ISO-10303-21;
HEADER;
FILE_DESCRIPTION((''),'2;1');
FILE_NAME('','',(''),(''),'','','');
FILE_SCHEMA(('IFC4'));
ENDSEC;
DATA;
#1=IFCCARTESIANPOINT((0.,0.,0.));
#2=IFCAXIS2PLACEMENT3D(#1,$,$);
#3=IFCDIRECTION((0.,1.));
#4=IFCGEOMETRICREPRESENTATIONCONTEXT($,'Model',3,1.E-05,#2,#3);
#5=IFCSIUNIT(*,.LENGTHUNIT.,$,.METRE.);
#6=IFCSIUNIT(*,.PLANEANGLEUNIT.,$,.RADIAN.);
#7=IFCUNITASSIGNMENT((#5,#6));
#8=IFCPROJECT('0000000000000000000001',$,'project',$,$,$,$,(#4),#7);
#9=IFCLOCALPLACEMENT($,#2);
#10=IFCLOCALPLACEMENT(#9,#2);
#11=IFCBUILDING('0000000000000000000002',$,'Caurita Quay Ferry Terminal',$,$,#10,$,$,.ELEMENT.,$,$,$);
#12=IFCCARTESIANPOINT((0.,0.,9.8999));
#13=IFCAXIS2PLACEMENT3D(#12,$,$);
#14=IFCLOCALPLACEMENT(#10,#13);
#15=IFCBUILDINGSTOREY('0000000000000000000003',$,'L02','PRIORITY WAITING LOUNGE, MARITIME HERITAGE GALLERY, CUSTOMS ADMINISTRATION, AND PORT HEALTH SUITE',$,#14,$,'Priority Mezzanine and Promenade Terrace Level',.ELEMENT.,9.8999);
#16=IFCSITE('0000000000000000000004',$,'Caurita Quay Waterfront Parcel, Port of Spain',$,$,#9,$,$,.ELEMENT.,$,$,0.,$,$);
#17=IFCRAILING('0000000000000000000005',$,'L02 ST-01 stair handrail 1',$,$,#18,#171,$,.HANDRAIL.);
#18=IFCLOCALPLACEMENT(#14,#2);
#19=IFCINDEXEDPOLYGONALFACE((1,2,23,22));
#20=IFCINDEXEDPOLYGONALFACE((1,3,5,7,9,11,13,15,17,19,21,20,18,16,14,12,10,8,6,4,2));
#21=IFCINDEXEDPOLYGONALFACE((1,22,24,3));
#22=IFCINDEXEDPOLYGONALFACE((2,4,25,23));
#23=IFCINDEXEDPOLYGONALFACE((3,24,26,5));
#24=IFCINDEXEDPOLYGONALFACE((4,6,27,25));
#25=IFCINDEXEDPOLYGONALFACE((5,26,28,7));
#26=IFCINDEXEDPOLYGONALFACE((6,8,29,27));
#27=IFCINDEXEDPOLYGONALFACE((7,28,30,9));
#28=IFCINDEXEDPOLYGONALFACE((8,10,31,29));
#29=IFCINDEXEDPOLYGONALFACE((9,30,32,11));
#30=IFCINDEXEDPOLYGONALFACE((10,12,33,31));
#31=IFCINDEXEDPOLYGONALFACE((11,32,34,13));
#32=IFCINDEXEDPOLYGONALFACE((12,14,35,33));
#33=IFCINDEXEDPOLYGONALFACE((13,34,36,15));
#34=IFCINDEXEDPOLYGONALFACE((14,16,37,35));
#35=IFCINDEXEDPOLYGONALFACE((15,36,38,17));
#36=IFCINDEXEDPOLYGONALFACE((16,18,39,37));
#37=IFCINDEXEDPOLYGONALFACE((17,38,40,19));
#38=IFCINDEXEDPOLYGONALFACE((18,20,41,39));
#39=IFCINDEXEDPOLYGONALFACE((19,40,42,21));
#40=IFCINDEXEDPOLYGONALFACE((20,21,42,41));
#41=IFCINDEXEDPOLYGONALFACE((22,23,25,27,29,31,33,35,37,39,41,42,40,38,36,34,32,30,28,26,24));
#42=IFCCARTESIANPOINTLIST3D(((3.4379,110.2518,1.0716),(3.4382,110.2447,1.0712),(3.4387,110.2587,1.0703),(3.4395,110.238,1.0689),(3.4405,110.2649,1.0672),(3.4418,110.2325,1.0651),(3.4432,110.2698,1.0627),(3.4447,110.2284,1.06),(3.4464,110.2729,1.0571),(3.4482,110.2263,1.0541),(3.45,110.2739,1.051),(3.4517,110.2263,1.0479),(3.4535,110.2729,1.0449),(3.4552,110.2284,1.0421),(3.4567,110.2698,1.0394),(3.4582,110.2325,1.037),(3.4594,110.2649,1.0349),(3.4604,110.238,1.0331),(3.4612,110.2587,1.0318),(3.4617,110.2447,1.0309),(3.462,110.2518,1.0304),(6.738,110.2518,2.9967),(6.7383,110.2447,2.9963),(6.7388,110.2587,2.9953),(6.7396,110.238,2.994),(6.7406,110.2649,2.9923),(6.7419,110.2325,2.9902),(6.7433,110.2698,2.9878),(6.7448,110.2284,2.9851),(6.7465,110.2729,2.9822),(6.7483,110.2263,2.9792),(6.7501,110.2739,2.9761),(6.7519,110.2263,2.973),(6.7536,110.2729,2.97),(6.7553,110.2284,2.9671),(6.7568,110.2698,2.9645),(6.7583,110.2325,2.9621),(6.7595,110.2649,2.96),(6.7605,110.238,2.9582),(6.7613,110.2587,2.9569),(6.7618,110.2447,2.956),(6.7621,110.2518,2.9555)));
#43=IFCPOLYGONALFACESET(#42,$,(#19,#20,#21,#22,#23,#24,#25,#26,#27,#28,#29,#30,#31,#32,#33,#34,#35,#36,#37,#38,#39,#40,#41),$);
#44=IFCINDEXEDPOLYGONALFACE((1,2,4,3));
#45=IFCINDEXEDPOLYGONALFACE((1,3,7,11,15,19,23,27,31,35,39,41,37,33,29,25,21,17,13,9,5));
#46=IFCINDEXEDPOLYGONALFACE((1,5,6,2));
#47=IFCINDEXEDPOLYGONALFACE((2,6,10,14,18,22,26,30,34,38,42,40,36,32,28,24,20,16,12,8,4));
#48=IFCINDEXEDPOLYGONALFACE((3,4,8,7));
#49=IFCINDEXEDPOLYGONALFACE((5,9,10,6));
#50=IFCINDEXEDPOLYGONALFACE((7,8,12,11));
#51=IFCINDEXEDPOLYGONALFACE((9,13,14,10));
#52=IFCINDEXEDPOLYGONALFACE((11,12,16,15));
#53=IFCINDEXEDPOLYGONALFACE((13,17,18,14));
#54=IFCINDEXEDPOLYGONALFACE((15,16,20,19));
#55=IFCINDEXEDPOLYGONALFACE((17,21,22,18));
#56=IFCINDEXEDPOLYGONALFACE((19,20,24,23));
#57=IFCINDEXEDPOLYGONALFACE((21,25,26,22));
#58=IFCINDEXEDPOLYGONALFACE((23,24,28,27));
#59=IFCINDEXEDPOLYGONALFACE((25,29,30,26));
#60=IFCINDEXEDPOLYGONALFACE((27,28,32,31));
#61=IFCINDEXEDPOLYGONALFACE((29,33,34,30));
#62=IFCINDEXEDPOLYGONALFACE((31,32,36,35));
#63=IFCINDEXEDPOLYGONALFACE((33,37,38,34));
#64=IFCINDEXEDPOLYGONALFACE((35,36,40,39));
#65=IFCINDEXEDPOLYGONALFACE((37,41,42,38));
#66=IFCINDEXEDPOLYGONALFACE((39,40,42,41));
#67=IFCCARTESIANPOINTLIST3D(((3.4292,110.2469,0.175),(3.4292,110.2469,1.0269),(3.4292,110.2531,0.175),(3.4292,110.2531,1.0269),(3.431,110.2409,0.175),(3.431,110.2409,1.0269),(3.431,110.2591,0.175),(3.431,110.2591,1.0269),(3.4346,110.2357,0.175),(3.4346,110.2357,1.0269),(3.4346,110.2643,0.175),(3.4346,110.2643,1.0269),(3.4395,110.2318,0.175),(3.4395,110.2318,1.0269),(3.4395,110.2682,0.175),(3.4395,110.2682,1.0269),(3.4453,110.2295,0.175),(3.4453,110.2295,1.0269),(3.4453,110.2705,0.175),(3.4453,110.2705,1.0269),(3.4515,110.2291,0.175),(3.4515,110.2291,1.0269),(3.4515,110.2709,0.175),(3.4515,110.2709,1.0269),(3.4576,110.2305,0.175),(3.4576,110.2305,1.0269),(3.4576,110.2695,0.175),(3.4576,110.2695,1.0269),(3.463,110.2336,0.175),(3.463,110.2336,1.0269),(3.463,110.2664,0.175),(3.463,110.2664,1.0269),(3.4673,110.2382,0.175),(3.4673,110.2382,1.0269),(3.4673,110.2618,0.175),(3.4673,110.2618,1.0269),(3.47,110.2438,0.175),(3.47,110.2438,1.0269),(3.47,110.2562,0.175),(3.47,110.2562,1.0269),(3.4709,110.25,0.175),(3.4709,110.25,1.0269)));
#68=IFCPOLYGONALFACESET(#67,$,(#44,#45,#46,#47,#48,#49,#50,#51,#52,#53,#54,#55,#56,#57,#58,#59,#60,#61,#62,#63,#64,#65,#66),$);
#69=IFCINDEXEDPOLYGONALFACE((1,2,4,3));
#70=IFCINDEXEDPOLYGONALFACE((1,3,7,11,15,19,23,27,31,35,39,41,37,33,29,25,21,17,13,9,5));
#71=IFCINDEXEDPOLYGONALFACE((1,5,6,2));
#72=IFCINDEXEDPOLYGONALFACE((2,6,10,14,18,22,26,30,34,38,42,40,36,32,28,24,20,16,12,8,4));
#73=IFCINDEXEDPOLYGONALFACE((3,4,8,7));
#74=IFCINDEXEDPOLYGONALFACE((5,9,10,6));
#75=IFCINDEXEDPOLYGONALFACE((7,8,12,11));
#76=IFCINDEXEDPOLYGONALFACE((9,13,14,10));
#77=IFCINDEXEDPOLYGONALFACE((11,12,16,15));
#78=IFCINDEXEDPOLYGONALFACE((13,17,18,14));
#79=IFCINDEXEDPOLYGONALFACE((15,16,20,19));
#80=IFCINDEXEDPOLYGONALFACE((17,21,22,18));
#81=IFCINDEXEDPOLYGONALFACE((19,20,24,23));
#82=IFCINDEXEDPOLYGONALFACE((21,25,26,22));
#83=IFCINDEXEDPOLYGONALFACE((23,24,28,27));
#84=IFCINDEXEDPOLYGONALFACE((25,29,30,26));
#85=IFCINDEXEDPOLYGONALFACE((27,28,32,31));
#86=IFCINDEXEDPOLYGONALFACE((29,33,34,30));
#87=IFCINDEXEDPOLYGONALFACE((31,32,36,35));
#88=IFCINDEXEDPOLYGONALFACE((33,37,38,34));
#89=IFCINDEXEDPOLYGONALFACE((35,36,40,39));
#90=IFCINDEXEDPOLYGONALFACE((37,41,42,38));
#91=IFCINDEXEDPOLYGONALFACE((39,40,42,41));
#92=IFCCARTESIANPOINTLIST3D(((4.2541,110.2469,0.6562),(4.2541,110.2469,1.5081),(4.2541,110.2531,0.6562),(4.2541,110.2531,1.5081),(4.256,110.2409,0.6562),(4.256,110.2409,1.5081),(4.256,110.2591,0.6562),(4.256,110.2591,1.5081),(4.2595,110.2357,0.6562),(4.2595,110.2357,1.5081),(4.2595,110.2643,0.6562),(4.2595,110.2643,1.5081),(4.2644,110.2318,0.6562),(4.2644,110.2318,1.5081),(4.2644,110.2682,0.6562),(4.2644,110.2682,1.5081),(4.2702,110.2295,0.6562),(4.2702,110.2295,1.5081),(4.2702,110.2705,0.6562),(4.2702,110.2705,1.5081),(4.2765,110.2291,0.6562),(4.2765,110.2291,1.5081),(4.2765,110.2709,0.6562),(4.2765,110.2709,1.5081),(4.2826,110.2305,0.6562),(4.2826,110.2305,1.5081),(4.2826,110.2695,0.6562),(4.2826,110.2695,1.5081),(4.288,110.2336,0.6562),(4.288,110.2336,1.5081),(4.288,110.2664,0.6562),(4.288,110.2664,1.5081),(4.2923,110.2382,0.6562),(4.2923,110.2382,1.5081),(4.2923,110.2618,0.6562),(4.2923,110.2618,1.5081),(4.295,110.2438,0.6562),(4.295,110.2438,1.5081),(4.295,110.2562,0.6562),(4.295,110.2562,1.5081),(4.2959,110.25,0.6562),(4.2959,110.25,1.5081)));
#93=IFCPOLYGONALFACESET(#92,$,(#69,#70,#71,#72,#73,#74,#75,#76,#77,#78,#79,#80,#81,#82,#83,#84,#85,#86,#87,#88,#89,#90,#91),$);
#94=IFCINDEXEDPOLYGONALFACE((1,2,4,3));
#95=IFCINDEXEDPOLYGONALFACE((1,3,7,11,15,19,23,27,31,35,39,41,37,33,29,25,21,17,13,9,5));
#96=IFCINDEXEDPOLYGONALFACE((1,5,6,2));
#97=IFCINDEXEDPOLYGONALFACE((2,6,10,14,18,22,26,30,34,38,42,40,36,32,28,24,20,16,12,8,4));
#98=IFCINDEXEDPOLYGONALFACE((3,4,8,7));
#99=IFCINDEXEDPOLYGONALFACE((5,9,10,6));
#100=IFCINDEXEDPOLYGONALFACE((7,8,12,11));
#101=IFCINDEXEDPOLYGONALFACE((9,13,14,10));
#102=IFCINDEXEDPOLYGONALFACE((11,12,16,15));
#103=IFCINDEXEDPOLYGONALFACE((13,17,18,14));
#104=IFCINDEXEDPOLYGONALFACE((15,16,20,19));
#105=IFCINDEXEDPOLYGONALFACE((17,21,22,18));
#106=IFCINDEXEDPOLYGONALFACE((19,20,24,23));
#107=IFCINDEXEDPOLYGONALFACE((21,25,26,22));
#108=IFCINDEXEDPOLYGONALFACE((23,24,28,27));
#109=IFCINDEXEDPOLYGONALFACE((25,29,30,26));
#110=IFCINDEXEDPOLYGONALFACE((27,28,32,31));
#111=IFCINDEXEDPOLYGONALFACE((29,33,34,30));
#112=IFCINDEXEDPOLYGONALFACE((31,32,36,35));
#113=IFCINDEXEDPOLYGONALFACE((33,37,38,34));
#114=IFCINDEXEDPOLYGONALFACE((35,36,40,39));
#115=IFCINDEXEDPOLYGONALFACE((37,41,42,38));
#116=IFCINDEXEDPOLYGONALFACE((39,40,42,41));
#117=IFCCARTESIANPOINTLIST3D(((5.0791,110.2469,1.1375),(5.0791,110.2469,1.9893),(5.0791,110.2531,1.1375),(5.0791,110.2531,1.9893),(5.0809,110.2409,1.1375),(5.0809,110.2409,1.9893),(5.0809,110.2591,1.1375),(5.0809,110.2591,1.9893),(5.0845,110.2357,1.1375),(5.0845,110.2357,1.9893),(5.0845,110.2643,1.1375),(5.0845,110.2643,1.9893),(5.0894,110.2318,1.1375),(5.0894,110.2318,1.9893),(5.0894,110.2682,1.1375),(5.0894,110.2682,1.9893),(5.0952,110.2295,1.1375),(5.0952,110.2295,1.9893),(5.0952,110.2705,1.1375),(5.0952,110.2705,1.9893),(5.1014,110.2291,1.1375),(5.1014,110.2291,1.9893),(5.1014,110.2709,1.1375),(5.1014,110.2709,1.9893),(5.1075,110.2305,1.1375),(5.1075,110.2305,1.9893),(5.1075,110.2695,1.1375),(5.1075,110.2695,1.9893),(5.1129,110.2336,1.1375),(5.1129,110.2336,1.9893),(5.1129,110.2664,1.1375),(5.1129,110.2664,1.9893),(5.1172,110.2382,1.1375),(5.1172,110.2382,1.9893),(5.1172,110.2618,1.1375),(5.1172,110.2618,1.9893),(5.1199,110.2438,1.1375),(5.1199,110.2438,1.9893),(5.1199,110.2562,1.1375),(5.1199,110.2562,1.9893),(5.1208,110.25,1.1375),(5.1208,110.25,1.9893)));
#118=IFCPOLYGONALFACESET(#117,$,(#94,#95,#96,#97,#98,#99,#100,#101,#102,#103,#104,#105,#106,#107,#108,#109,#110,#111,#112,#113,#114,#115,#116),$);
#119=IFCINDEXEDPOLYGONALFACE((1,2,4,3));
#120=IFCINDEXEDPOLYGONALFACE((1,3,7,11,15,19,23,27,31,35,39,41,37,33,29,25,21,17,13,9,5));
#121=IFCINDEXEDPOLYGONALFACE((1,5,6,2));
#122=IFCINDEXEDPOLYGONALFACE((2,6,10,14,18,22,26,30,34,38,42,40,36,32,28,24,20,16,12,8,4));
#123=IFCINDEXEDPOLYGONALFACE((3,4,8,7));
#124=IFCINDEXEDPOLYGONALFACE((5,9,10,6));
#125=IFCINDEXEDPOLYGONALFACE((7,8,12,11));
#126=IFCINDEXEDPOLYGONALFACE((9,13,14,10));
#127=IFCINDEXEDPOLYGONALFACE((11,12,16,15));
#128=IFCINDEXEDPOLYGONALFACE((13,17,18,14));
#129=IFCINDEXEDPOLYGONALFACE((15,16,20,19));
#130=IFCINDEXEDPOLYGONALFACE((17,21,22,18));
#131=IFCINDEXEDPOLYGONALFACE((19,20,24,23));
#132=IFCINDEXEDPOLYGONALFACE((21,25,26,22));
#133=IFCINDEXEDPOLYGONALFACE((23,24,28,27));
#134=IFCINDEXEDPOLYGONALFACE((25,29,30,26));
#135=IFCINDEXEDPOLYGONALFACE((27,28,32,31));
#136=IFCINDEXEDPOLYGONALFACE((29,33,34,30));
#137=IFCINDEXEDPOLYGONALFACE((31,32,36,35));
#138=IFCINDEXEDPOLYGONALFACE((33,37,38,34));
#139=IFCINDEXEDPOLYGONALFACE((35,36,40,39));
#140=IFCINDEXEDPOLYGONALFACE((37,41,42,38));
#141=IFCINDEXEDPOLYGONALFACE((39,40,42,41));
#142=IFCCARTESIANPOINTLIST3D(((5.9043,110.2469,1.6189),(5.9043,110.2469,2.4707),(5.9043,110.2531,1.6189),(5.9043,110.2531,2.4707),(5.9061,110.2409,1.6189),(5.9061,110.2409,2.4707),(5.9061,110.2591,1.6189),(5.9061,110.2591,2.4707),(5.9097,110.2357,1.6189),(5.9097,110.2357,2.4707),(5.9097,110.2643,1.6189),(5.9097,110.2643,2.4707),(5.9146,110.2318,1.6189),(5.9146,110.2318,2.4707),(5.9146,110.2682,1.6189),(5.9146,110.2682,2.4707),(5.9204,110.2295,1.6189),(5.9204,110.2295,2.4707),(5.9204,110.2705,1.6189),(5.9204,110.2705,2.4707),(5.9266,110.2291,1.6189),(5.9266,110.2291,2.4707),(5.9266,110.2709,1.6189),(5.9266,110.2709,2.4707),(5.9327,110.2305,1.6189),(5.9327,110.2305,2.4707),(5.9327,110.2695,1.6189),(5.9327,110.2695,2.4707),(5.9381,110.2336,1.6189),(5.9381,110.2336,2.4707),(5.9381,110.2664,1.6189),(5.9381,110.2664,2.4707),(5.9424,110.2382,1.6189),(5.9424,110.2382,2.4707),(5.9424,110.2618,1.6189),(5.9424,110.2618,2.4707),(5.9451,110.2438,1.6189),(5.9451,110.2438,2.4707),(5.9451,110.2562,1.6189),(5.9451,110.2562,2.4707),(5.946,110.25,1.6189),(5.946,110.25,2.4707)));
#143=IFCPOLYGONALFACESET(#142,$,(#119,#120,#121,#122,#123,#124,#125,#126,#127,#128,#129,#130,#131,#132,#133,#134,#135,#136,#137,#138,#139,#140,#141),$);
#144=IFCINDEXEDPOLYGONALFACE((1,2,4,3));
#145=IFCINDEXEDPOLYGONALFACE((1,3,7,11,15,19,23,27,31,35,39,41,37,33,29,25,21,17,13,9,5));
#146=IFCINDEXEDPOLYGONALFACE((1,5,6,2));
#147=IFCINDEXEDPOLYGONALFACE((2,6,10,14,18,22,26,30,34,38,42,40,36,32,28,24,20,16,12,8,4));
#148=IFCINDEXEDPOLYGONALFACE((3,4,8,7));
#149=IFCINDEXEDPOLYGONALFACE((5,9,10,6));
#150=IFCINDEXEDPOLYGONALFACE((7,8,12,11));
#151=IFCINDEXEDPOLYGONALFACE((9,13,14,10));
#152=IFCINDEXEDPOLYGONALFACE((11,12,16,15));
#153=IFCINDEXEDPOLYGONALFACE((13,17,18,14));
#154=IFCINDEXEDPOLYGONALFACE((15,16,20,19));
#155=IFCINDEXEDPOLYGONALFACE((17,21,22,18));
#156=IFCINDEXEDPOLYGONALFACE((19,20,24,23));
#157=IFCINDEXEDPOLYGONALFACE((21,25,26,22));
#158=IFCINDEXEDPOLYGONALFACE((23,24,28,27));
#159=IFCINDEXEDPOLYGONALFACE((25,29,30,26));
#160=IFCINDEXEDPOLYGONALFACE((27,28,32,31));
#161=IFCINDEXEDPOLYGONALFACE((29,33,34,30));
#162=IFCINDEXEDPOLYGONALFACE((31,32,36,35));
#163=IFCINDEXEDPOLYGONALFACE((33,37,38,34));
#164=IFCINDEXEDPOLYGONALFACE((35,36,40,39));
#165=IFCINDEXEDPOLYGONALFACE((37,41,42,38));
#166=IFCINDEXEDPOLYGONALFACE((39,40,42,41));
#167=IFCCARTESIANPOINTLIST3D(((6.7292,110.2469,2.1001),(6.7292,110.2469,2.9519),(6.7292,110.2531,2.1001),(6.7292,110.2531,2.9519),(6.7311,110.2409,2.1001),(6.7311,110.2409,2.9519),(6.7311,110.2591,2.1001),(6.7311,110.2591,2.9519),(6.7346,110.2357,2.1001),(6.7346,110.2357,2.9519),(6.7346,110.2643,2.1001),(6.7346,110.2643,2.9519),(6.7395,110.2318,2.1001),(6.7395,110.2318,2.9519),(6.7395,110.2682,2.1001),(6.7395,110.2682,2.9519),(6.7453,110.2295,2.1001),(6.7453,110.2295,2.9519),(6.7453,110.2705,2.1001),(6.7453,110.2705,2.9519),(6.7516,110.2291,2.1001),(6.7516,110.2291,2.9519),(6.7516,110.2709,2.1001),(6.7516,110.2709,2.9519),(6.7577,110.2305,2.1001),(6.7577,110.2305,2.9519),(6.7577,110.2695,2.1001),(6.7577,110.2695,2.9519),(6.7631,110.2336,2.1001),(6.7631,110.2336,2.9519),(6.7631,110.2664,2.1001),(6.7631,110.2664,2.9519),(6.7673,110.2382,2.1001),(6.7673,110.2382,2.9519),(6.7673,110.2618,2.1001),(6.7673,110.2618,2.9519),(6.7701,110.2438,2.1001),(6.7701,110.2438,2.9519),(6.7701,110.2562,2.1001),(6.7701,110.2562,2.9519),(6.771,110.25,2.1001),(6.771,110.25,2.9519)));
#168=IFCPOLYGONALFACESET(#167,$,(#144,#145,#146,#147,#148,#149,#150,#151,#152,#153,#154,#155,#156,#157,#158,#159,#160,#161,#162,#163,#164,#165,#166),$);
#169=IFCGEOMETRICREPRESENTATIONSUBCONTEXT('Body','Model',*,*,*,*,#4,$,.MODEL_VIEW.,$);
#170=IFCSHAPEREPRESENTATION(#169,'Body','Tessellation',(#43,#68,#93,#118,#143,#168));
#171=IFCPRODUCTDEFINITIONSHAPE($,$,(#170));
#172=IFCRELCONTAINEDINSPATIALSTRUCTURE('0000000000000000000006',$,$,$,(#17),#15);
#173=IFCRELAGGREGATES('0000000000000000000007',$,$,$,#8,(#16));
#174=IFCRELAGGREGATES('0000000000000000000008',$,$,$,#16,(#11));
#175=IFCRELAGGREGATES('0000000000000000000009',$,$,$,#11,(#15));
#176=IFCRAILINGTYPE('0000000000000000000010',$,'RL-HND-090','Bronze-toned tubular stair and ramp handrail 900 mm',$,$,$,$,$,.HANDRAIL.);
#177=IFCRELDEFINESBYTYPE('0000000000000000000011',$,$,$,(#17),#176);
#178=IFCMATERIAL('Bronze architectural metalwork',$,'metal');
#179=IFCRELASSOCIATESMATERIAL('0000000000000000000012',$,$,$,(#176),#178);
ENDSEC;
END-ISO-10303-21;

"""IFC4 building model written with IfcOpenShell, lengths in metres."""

from ifc_helpers import new_model, si_unit, direction, frame, origin, origin_2d, place, context, subcontext, project, spatial, circle, extrude, material, type_object, element, save


model = new_model("IFC4")

# Units and contexts
model_context = context("Model", 3, precision=1e-05, world=origin(), true_north=direction((0.0, 1.0)))
body_context = subcontext(model_context, "Body", "Model", "MODEL_VIEW")
ifc_project = project(units=[si_unit("LENGTHUNIT", "METRE"), si_unit("PLANEANGLEUNIT", "RADIAN")], contexts=[model_context])

# Site, building, storey
site_placement = place(None, origin())
site = spatial("IfcSite", under=ifc_project, at=site_placement, Name="Caurita Quay Waterfront Parcel, Port of Spain", CompositionType="ELEMENT", RefElevation=0.0)
building_placement = place(site_placement, origin())
building = spatial("IfcBuilding", under=site, at=building_placement, Name="Caurita Quay Ferry Terminal", CompositionType="ELEMENT")
storey_placement = place(building_placement, frame((0.0, 0.0, 9.8999)))
storey = spatial("IfcBuildingStorey", under=building, at=storey_placement, Name="L02", Description="PRIORITY WAITING LOUNGE, MARITIME HERITAGE GALLERY, CUSTOMS ADMINISTRATION, AND PORT HEALTH SUITE", LongName="Priority Mezzanine and Promenade Terrace Level", CompositionType="ELEMENT", Elevation=9.8999)

# Railing
ifc_material_1 = material(Name="Bronze architectural metalwork", Category="metal")
railing_type_1 = type_object("IfcRailingType", Name="RL-HND-090", Description="Bronze-toned tubular stair and ramp handrail 900 mm", PredefinedType="HANDRAIL", material=ifc_material_1)
railing_1_placement = place(storey_placement, frame((3.45, 110.25, 0.175)))
element("IfcRailing", 1, at=railing_1_placement, inside=storey, type_object=railing_type_1, Name="L02 ST-01 stair handrail 1", PredefinedType="HANDRAIL", context=body_context, shape_type="SweptSolid", body=[
    extrude(circle(Radius=0.0239, at=origin_2d()), frame((0.0, 0.0, 0.876), z_axis=(0.863777, 0.0, 0.503875), x_axis=(0.0, 1.0, 0.0)), (0.0, 0.0, 1.0), 3.8206),
    extrude(circle(Radius=0.021, at=origin_2d()), origin(), (0.0, 0.0, 1.0), 0.8518),
    extrude(circle(Radius=0.021, at=origin_2d()), frame((0.825, 0.0, 0.4812)), (0.0, 0.0, 1.0), 0.8518),
    extrude(circle(Radius=0.021, at=origin_2d()), frame((1.6499, 0.0, 0.9624)), (0.0, 0.0, 1.0), 0.8518),
    extrude(circle(Radius=0.021, at=origin_2d()), frame((2.4751, 0.0, 1.4438)), (0.0, 0.0, 1.0), 0.8518),
    extrude(circle(Radius=0.021, at=origin_2d()), frame((3.3, 0.0, 1.925)), (0.0, 0.0, 1.0), 0.8518),
])

save(model, "model.ifc")
